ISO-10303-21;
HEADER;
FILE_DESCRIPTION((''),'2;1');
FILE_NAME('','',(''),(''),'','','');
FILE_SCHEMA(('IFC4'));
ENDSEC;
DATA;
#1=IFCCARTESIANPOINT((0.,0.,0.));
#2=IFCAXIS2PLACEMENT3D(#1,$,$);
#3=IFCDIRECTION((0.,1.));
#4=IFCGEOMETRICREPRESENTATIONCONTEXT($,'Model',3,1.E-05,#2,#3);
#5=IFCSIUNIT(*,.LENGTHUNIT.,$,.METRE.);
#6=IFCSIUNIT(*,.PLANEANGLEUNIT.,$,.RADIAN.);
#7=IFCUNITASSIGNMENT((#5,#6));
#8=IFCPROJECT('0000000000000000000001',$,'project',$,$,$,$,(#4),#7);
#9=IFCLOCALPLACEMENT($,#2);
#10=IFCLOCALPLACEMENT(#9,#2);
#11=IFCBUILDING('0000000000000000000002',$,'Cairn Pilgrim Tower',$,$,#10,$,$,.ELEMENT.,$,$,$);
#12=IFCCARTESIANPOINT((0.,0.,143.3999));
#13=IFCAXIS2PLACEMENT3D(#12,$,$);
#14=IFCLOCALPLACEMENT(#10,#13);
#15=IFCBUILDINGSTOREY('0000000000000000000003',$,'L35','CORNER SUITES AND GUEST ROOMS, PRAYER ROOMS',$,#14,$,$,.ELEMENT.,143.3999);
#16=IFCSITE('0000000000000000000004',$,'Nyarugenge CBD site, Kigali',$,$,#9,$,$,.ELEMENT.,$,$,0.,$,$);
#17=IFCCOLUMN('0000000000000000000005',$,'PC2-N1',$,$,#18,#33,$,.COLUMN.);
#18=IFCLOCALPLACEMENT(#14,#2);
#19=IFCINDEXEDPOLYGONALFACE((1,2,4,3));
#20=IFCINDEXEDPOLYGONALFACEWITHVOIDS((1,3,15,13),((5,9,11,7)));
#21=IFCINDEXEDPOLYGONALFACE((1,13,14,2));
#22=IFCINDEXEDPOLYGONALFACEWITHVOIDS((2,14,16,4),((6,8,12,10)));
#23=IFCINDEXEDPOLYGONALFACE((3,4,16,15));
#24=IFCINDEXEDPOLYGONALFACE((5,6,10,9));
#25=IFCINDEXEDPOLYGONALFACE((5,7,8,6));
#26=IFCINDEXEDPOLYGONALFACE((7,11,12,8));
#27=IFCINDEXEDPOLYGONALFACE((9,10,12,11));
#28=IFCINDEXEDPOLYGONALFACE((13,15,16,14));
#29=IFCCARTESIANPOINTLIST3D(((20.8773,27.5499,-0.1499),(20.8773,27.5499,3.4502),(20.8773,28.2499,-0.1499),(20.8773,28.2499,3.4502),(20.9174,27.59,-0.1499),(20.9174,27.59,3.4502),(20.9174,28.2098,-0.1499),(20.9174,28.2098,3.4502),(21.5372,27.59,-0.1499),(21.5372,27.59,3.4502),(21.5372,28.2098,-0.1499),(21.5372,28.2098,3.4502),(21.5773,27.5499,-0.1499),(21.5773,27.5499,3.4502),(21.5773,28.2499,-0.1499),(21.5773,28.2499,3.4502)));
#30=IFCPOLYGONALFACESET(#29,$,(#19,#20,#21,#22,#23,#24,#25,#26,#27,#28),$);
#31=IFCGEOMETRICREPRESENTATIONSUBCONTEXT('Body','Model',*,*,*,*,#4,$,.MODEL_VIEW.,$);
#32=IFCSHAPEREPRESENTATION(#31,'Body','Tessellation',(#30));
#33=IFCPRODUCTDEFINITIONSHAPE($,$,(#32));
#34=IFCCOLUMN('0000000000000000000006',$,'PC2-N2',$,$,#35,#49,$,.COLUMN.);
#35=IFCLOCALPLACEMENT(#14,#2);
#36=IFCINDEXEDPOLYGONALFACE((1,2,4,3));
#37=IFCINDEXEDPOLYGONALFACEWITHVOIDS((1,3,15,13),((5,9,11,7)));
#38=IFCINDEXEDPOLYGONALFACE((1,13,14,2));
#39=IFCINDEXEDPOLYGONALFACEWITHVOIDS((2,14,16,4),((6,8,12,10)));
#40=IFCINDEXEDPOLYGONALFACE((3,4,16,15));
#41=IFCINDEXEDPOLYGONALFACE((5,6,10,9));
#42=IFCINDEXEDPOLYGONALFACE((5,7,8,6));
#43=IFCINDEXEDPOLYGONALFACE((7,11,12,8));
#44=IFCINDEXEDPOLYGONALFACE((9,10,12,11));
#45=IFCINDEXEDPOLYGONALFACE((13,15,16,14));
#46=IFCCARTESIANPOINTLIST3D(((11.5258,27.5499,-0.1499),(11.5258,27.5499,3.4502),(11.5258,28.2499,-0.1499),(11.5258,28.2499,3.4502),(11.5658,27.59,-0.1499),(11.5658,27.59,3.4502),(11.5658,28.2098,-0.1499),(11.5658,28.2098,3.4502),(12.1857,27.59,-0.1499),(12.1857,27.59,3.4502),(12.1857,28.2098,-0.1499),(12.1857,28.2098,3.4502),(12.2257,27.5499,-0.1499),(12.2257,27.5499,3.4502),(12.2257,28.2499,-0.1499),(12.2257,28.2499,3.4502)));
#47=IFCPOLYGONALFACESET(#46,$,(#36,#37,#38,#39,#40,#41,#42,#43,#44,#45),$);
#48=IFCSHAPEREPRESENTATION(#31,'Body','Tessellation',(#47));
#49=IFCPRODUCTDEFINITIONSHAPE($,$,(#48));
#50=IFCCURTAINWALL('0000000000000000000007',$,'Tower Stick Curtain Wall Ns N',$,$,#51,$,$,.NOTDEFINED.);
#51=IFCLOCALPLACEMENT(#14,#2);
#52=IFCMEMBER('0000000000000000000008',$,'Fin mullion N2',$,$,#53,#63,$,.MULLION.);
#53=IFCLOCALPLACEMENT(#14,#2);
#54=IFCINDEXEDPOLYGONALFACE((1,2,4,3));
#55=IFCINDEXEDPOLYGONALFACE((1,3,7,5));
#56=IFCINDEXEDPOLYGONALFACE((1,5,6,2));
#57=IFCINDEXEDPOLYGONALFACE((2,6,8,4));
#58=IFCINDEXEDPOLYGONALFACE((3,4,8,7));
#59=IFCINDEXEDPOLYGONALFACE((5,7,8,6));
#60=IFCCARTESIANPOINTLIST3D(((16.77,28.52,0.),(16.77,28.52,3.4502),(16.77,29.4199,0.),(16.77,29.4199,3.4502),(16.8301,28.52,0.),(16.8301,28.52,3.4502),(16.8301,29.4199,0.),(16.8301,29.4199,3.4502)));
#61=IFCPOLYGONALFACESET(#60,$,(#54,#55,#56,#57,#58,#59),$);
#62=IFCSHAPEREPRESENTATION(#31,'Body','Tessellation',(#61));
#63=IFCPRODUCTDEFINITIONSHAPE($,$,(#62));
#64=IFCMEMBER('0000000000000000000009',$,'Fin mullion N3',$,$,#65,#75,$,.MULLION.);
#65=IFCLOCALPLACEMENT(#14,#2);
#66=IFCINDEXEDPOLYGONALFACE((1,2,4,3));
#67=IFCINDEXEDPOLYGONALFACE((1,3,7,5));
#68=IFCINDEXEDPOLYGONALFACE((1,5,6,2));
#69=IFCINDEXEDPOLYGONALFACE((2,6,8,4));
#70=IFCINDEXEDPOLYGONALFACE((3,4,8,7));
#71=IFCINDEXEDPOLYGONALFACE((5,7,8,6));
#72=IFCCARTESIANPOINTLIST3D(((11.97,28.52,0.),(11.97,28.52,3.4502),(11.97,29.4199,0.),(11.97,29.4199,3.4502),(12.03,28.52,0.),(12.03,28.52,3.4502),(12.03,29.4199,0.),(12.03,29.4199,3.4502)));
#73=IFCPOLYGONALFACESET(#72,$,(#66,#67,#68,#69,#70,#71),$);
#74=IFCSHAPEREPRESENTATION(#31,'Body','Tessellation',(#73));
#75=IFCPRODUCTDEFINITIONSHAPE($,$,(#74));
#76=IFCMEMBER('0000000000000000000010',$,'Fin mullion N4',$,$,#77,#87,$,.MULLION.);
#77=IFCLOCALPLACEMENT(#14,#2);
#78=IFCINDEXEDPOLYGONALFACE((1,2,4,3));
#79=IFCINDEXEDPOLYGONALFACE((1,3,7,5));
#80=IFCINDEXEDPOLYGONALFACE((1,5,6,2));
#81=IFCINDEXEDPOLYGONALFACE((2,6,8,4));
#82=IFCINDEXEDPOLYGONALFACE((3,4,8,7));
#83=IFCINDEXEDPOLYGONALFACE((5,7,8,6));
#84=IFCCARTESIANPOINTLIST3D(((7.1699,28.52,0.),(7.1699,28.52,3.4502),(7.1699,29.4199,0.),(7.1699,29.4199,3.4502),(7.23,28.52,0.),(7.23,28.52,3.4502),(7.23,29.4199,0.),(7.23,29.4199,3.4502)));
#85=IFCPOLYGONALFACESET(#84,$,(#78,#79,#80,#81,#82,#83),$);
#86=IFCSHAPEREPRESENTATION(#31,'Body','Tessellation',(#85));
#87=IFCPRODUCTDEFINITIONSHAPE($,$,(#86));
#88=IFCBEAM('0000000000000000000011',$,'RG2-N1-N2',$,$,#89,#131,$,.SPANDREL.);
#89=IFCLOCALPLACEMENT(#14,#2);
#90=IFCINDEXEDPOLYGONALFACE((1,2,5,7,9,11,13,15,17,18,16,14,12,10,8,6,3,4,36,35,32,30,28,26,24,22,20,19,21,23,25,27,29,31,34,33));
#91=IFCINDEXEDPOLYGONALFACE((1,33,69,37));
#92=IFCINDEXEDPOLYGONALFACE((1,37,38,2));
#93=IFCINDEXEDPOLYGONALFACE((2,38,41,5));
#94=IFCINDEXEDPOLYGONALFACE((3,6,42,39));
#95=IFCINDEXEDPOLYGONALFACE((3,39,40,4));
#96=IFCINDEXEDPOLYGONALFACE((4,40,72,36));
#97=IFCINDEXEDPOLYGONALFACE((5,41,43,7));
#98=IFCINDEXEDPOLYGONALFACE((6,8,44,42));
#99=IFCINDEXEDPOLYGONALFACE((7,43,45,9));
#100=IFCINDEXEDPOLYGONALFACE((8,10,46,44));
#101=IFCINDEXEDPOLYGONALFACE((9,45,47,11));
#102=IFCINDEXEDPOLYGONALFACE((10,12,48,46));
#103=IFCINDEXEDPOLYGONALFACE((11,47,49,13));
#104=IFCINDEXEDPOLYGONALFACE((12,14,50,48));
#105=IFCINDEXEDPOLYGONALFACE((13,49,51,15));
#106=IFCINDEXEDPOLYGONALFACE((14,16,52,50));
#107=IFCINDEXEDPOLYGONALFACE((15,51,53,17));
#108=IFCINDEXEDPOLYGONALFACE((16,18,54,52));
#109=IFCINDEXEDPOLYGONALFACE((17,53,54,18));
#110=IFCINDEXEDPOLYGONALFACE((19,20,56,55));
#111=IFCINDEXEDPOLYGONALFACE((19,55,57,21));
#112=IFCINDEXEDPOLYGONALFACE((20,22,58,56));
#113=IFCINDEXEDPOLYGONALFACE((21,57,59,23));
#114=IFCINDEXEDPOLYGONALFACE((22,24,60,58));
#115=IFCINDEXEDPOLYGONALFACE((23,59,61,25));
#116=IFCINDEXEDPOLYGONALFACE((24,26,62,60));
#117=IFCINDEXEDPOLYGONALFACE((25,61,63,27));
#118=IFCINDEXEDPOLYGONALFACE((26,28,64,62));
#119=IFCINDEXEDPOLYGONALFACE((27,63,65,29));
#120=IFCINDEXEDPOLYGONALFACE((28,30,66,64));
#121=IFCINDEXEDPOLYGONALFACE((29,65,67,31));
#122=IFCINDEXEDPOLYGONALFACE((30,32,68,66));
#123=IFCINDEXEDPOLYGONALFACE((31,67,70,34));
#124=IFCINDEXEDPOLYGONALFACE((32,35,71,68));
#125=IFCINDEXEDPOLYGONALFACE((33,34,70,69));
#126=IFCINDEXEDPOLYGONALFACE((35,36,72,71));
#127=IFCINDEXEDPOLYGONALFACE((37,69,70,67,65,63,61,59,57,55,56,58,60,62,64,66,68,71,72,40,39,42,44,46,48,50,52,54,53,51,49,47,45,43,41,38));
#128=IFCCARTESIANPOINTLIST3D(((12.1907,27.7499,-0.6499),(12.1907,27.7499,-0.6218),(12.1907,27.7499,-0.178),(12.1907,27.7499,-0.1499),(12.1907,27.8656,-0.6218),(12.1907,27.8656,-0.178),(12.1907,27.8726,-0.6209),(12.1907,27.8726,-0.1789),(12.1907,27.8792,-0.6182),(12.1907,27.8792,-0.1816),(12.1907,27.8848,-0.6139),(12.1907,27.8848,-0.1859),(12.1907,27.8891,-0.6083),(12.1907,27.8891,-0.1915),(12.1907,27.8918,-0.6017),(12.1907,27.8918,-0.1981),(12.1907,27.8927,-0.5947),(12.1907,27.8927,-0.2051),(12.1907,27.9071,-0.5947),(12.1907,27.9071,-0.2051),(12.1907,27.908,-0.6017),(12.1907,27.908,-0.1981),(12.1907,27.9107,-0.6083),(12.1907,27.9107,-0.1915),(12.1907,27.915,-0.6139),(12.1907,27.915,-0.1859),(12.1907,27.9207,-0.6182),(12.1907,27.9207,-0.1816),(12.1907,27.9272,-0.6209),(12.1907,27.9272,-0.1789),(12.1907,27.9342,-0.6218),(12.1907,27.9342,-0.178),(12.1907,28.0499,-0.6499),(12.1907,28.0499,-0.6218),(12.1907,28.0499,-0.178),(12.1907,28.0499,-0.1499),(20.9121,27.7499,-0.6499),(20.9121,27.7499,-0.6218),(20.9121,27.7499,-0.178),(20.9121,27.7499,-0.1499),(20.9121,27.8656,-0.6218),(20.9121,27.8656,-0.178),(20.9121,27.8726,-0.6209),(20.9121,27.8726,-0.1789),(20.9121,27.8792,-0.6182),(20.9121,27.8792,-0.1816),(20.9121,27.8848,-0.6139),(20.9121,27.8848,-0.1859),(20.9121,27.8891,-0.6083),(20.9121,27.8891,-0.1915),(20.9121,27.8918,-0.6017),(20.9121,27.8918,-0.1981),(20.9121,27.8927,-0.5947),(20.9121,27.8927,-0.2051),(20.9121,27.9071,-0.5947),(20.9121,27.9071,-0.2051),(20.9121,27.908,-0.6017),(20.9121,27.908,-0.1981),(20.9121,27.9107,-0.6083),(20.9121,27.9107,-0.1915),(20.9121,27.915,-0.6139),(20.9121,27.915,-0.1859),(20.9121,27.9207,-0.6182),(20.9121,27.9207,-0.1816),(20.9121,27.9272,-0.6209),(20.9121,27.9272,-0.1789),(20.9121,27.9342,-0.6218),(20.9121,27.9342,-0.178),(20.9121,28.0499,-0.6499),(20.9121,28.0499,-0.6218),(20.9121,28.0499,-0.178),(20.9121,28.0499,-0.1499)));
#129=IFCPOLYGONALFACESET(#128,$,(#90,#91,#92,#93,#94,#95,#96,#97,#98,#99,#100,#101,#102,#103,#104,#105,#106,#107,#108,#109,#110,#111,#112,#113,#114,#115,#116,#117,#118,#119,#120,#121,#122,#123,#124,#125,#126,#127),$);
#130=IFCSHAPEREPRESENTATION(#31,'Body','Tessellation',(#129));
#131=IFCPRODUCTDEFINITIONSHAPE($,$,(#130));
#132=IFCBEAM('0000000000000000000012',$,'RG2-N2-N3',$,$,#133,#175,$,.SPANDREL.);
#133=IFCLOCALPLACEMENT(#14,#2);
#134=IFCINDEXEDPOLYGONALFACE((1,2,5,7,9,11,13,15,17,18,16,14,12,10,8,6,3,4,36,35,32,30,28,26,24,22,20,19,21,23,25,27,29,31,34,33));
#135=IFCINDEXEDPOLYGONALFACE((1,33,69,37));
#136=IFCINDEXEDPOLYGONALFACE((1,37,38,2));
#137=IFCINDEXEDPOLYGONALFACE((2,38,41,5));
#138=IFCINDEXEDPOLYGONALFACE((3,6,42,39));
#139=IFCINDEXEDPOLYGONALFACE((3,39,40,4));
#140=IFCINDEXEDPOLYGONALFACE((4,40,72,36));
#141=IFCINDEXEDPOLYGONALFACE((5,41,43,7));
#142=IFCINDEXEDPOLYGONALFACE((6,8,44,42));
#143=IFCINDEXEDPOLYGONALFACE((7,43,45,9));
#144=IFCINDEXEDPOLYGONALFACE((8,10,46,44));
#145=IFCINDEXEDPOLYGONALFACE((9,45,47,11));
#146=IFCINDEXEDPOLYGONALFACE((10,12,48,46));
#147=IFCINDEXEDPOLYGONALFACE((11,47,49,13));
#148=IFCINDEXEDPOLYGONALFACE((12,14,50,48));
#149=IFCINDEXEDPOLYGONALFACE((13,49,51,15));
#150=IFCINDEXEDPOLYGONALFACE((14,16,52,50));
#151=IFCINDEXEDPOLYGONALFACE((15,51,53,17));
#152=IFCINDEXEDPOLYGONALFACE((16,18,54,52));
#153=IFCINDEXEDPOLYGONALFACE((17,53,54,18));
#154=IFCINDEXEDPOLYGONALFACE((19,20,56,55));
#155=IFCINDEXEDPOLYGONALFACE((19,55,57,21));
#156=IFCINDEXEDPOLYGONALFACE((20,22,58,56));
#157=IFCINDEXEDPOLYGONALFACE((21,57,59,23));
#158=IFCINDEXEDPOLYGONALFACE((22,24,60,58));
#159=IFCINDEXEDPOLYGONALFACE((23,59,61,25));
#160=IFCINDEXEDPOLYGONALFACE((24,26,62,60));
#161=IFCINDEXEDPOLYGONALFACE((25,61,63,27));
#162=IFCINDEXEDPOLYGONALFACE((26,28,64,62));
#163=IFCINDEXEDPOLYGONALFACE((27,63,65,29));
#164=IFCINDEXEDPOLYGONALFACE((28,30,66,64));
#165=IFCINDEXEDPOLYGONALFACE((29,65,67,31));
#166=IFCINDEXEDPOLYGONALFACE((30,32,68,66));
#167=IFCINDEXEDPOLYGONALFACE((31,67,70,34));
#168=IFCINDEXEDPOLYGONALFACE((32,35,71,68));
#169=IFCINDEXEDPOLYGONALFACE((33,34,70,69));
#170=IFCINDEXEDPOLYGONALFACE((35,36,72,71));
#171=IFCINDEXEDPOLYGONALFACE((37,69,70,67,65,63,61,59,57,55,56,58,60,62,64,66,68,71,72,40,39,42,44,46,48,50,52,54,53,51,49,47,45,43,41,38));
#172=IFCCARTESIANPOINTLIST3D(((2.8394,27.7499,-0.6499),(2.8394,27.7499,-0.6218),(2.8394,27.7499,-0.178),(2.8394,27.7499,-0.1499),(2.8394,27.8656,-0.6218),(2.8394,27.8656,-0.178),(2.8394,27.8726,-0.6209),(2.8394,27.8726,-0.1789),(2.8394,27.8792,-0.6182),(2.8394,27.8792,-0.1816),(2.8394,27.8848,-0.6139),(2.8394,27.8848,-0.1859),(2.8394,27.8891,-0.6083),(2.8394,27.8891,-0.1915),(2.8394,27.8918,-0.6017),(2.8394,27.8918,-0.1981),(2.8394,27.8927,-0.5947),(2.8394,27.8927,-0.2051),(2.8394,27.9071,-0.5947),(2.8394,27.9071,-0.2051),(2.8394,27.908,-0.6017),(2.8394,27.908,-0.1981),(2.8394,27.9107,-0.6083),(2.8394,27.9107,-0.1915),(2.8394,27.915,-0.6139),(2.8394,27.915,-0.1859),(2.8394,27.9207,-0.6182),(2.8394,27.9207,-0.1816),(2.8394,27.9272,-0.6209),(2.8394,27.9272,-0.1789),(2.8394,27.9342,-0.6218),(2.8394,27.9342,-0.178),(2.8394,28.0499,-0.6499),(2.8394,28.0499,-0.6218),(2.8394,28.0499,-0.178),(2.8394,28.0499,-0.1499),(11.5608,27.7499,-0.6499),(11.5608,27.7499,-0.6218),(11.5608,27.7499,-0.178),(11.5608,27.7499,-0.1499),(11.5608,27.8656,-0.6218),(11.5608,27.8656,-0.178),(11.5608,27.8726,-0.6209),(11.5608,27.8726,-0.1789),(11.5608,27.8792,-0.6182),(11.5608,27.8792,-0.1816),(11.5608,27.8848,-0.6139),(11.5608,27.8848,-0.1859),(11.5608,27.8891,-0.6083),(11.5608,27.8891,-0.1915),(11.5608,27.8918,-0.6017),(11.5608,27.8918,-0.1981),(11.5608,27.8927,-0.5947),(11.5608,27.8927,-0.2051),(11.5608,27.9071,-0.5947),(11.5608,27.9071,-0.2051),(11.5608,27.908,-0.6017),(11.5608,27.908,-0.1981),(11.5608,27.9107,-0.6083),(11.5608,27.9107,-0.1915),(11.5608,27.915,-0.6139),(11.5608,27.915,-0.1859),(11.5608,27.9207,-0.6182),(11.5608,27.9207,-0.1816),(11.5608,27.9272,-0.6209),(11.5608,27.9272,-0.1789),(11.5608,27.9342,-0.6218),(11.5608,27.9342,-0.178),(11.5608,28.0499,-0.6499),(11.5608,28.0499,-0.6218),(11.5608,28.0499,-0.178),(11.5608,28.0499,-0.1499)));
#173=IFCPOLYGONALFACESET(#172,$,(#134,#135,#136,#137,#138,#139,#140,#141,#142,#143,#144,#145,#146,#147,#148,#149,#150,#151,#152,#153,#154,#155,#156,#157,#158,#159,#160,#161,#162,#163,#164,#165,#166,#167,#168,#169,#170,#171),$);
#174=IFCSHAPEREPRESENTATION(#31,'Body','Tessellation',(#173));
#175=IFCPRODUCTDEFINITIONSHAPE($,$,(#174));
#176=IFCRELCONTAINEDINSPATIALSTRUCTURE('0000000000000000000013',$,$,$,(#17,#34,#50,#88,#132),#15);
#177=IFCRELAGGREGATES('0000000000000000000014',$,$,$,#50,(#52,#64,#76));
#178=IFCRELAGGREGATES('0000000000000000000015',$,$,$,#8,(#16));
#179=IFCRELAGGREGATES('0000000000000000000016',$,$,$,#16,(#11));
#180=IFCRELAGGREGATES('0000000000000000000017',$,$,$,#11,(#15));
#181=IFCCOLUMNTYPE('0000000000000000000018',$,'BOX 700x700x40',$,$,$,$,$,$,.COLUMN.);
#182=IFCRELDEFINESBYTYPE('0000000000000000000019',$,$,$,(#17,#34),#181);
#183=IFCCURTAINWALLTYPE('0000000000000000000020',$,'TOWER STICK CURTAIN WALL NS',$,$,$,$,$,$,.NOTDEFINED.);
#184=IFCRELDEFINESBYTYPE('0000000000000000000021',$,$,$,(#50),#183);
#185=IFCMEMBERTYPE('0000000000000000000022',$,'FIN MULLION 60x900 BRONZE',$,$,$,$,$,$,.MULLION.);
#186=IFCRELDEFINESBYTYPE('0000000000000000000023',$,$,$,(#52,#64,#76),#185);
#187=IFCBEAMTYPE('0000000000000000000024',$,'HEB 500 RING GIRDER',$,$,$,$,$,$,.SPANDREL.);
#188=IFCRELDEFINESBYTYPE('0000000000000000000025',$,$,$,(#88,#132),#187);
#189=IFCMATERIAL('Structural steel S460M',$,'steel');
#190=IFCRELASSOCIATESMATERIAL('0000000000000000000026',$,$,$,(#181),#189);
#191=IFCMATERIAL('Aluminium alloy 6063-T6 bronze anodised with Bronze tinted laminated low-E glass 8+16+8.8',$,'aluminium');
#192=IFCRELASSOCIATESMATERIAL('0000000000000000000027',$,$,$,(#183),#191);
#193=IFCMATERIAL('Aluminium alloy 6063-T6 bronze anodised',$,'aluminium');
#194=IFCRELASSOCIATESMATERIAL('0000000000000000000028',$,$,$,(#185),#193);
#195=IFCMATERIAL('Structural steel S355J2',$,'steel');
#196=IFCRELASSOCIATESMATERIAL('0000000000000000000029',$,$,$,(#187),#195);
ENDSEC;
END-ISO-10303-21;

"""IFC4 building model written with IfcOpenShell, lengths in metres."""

from ifc_helpers import new_model, si_unit, direction, frame, origin, origin_2d, place, context, subcontext, project, spatial, rectangle, hollow_rectangle, i_section, extrude, material, material_profile, profile_set, type_object, element, aggregate, save


model = new_model("IFC4")

# Units and contexts
model_context = context("Model", 3, precision=1e-05, world=origin(), true_north=direction((0.0, 1.0)))
body_context = subcontext(model_context, "Body", "Model", "MODEL_VIEW")
ifc_project = project(units=[si_unit("LENGTHUNIT", "METRE"), si_unit("PLANEANGLEUNIT", "RADIAN")], contexts=[model_context])

# Site, building, storey
site_placement = place(None, origin())
site = spatial("IfcSite", under=ifc_project, at=site_placement, Name="Nyarugenge CBD site, Kigali", CompositionType="ELEMENT", RefElevation=0.0)
building_placement = place(site_placement, origin())
building = spatial("IfcBuilding", under=site, at=building_placement, Name="Cairn Pilgrim Tower", CompositionType="ELEMENT")
storey_placement = place(building_placement, frame((0.0, 0.0, 143.3999)))
storey = spatial("IfcBuildingStorey", under=building, at=storey_placement, Name="L35", Description="CORNER SUITES AND GUEST ROOMS, PRAYER ROOMS", CompositionType="ELEMENT", Elevation=143.3999)

# Columns
ifc_material_1 = material(Name="Structural steel S460M", Category="steel")
ifc_material_profile_1 = material_profile(ifc_material_1, hollow_rectangle(XDim=0.7, YDim=0.7, WallThickness=0.04, at=origin_2d()), Name="BOX 700x700x40")
ifc_profile_set_1 = profile_set([ifc_material_profile_1], Name="Structural steel S460M")
column_type = type_object("IfcColumnType", Name="BOX 700x700x40", PredefinedType="COLUMN", material=ifc_profile_set_1)
for number, where, z_axis, x_axis, name in (
    (1, (21.2273, 27.8999, -0.1499), (0.0, 0.0, 1.0), (1.0, 0.0, 0.0), "PC2-N1"),
    (2, (11.8757, 27.8999, -0.1499), (0.0, 0.0, 1.0), (1.0, 0.0, 0.0), "PC2-N2"),
):
    element("IfcColumn", number, at=place(storey_placement, frame(where, z_axis=z_axis, x_axis=x_axis)), inside=storey, type_object=column_type, Name=name, PredefinedType="COLUMN", context=body_context, shape_type="SweptSolid", body=[
        extrude(hollow_rectangle(XDim=0.7, YDim=0.7, WallThickness=0.04, at=origin_2d()), origin(), (0.0, 0.0, 1.0), 3.6001),
    ])

# Curtain wall, members
ifc_material_2 = material(Name="Aluminium alloy 6063-T6 bronze anodised with Bronze tinted laminated low-E glass 8+16+8.8", Category="aluminium")
curtain_wall_type = type_object("IfcCurtainWallType", Name="TOWER STICK CURTAIN WALL NS", PredefinedType="NOTDEFINED", material=ifc_material_2)
curtain_wall_placement = place(storey_placement, origin())
curtain_wall = element("IfcCurtainWall", 3, at=curtain_wall_placement, inside=storey, type_object=curtain_wall_type, Name="Tower Stick Curtain Wall Ns N", PredefinedType="NOTDEFINED")
ifc_material_3 = material(Name="Aluminium alloy 6063-T6 bronze anodised", Category="aluminium")
ifc_material_profile_2 = material_profile(ifc_material_3, rectangle(XDim=0.8999, YDim=0.0601, at=origin_2d()), Name="FIN MULLION 60x900 BRONZE")
ifc_profile_set_2 = profile_set([ifc_material_profile_2], Name="Aluminium alloy 6063-T6 bronze anodised")
member_type = type_object("IfcMemberType", Name="FIN MULLION 60x900 BRONZE", PredefinedType="MULLION", material=ifc_profile_set_2)
member_1_placement = place(storey_placement, frame((16.8, 28.97, 0.0), z_axis=(0.0, 0.0, 1.0), x_axis=(0.0, 1.0, 0.0)))
member_1 = element("IfcMember", 4, at=member_1_placement, type_object=member_type, Name="Fin mullion N2", PredefinedType="MULLION", context=body_context, shape_type="SweptSolid", body=[
    extrude(rectangle(XDim=0.8999, YDim=0.0601, at=origin_2d()), origin(), (0.0, 0.0, 1.0), 3.4502),
])
member_2_placement = place(storey_placement, frame((12.0, 28.97, 0.0), z_axis=(0.0, 0.0, 1.0), x_axis=(0.0, 1.0, 0.0)))
member_2 = element("IfcMember", 5, at=member_2_placement, type_object=member_type, Name="Fin mullion N3", PredefinedType="MULLION", context=body_context, shape_type="SweptSolid", body=[
    extrude(rectangle(XDim=0.8999, YDim=0.0601, at=origin_2d()), origin(), (0.0, 0.0, 1.0), 3.4502),
])
member_3_placement = place(storey_placement, frame((7.2, 28.97, 0.0), z_axis=(0.0, 0.0, 1.0), x_axis=(0.0, 1.0, 0.0)))
member_3 = element("IfcMember", 6, at=member_3_placement, type_object=member_type, Name="Fin mullion N4", PredefinedType="MULLION", context=body_context, shape_type="SweptSolid", body=[
    extrude(rectangle(XDim=0.8999, YDim=0.0601, at=origin_2d()), origin(), (0.0, 0.0, 1.0), 3.4502),
])
aggregate(curtain_wall, [member_1, member_2, member_3])

# Beams
ifc_material_4 = material(Name="Structural steel S355J2", Category="steel")
ifc_material_profile_3 = material_profile(ifc_material_4, i_section(OverallWidth=0.3, OverallDepth=0.5, WebThickness=0.0144, FlangeThickness=0.0281, FilletRadius=0.0271, at=origin_2d()), Name="HEB 500")
ifc_profile_set_3 = profile_set([ifc_material_profile_3], Name="Structural steel S355J2")
beam_type_1 = type_object("IfcBeamType", Name="HEB 500 RING GIRDER", PredefinedType="SPANDREL", material=ifc_profile_set_3)
for number, where, z_axis, x_axis, name in (
    (7, (20.9121, 27.8999, -0.3999), (-1.0, 0.0, 0.0), (0.0, -1.0, 0.0), "RG2-N1-N2"),
    (8, (11.5608, 27.8999, -0.3999), (-1.0, 0.0, 0.0), (0.0, -1.0, 0.0), "RG2-N2-N3"),
):
    element("IfcBeam", number, at=place(storey_placement, frame(where, z_axis=z_axis, x_axis=x_axis)), inside=storey, type_object=beam_type_1, Name=name, PredefinedType="SPANDREL", context=body_context, shape_type="SweptSolid", body=[
        extrude(i_section(OverallWidth=0.3, OverallDepth=0.5, WebThickness=0.0144, FlangeThickness=0.0281, FilletRadius=0.0271, at=origin_2d()), origin(), (0.0, 0.0, 1.0), 8.7214),
    ])

save(model, "model.ifc")
